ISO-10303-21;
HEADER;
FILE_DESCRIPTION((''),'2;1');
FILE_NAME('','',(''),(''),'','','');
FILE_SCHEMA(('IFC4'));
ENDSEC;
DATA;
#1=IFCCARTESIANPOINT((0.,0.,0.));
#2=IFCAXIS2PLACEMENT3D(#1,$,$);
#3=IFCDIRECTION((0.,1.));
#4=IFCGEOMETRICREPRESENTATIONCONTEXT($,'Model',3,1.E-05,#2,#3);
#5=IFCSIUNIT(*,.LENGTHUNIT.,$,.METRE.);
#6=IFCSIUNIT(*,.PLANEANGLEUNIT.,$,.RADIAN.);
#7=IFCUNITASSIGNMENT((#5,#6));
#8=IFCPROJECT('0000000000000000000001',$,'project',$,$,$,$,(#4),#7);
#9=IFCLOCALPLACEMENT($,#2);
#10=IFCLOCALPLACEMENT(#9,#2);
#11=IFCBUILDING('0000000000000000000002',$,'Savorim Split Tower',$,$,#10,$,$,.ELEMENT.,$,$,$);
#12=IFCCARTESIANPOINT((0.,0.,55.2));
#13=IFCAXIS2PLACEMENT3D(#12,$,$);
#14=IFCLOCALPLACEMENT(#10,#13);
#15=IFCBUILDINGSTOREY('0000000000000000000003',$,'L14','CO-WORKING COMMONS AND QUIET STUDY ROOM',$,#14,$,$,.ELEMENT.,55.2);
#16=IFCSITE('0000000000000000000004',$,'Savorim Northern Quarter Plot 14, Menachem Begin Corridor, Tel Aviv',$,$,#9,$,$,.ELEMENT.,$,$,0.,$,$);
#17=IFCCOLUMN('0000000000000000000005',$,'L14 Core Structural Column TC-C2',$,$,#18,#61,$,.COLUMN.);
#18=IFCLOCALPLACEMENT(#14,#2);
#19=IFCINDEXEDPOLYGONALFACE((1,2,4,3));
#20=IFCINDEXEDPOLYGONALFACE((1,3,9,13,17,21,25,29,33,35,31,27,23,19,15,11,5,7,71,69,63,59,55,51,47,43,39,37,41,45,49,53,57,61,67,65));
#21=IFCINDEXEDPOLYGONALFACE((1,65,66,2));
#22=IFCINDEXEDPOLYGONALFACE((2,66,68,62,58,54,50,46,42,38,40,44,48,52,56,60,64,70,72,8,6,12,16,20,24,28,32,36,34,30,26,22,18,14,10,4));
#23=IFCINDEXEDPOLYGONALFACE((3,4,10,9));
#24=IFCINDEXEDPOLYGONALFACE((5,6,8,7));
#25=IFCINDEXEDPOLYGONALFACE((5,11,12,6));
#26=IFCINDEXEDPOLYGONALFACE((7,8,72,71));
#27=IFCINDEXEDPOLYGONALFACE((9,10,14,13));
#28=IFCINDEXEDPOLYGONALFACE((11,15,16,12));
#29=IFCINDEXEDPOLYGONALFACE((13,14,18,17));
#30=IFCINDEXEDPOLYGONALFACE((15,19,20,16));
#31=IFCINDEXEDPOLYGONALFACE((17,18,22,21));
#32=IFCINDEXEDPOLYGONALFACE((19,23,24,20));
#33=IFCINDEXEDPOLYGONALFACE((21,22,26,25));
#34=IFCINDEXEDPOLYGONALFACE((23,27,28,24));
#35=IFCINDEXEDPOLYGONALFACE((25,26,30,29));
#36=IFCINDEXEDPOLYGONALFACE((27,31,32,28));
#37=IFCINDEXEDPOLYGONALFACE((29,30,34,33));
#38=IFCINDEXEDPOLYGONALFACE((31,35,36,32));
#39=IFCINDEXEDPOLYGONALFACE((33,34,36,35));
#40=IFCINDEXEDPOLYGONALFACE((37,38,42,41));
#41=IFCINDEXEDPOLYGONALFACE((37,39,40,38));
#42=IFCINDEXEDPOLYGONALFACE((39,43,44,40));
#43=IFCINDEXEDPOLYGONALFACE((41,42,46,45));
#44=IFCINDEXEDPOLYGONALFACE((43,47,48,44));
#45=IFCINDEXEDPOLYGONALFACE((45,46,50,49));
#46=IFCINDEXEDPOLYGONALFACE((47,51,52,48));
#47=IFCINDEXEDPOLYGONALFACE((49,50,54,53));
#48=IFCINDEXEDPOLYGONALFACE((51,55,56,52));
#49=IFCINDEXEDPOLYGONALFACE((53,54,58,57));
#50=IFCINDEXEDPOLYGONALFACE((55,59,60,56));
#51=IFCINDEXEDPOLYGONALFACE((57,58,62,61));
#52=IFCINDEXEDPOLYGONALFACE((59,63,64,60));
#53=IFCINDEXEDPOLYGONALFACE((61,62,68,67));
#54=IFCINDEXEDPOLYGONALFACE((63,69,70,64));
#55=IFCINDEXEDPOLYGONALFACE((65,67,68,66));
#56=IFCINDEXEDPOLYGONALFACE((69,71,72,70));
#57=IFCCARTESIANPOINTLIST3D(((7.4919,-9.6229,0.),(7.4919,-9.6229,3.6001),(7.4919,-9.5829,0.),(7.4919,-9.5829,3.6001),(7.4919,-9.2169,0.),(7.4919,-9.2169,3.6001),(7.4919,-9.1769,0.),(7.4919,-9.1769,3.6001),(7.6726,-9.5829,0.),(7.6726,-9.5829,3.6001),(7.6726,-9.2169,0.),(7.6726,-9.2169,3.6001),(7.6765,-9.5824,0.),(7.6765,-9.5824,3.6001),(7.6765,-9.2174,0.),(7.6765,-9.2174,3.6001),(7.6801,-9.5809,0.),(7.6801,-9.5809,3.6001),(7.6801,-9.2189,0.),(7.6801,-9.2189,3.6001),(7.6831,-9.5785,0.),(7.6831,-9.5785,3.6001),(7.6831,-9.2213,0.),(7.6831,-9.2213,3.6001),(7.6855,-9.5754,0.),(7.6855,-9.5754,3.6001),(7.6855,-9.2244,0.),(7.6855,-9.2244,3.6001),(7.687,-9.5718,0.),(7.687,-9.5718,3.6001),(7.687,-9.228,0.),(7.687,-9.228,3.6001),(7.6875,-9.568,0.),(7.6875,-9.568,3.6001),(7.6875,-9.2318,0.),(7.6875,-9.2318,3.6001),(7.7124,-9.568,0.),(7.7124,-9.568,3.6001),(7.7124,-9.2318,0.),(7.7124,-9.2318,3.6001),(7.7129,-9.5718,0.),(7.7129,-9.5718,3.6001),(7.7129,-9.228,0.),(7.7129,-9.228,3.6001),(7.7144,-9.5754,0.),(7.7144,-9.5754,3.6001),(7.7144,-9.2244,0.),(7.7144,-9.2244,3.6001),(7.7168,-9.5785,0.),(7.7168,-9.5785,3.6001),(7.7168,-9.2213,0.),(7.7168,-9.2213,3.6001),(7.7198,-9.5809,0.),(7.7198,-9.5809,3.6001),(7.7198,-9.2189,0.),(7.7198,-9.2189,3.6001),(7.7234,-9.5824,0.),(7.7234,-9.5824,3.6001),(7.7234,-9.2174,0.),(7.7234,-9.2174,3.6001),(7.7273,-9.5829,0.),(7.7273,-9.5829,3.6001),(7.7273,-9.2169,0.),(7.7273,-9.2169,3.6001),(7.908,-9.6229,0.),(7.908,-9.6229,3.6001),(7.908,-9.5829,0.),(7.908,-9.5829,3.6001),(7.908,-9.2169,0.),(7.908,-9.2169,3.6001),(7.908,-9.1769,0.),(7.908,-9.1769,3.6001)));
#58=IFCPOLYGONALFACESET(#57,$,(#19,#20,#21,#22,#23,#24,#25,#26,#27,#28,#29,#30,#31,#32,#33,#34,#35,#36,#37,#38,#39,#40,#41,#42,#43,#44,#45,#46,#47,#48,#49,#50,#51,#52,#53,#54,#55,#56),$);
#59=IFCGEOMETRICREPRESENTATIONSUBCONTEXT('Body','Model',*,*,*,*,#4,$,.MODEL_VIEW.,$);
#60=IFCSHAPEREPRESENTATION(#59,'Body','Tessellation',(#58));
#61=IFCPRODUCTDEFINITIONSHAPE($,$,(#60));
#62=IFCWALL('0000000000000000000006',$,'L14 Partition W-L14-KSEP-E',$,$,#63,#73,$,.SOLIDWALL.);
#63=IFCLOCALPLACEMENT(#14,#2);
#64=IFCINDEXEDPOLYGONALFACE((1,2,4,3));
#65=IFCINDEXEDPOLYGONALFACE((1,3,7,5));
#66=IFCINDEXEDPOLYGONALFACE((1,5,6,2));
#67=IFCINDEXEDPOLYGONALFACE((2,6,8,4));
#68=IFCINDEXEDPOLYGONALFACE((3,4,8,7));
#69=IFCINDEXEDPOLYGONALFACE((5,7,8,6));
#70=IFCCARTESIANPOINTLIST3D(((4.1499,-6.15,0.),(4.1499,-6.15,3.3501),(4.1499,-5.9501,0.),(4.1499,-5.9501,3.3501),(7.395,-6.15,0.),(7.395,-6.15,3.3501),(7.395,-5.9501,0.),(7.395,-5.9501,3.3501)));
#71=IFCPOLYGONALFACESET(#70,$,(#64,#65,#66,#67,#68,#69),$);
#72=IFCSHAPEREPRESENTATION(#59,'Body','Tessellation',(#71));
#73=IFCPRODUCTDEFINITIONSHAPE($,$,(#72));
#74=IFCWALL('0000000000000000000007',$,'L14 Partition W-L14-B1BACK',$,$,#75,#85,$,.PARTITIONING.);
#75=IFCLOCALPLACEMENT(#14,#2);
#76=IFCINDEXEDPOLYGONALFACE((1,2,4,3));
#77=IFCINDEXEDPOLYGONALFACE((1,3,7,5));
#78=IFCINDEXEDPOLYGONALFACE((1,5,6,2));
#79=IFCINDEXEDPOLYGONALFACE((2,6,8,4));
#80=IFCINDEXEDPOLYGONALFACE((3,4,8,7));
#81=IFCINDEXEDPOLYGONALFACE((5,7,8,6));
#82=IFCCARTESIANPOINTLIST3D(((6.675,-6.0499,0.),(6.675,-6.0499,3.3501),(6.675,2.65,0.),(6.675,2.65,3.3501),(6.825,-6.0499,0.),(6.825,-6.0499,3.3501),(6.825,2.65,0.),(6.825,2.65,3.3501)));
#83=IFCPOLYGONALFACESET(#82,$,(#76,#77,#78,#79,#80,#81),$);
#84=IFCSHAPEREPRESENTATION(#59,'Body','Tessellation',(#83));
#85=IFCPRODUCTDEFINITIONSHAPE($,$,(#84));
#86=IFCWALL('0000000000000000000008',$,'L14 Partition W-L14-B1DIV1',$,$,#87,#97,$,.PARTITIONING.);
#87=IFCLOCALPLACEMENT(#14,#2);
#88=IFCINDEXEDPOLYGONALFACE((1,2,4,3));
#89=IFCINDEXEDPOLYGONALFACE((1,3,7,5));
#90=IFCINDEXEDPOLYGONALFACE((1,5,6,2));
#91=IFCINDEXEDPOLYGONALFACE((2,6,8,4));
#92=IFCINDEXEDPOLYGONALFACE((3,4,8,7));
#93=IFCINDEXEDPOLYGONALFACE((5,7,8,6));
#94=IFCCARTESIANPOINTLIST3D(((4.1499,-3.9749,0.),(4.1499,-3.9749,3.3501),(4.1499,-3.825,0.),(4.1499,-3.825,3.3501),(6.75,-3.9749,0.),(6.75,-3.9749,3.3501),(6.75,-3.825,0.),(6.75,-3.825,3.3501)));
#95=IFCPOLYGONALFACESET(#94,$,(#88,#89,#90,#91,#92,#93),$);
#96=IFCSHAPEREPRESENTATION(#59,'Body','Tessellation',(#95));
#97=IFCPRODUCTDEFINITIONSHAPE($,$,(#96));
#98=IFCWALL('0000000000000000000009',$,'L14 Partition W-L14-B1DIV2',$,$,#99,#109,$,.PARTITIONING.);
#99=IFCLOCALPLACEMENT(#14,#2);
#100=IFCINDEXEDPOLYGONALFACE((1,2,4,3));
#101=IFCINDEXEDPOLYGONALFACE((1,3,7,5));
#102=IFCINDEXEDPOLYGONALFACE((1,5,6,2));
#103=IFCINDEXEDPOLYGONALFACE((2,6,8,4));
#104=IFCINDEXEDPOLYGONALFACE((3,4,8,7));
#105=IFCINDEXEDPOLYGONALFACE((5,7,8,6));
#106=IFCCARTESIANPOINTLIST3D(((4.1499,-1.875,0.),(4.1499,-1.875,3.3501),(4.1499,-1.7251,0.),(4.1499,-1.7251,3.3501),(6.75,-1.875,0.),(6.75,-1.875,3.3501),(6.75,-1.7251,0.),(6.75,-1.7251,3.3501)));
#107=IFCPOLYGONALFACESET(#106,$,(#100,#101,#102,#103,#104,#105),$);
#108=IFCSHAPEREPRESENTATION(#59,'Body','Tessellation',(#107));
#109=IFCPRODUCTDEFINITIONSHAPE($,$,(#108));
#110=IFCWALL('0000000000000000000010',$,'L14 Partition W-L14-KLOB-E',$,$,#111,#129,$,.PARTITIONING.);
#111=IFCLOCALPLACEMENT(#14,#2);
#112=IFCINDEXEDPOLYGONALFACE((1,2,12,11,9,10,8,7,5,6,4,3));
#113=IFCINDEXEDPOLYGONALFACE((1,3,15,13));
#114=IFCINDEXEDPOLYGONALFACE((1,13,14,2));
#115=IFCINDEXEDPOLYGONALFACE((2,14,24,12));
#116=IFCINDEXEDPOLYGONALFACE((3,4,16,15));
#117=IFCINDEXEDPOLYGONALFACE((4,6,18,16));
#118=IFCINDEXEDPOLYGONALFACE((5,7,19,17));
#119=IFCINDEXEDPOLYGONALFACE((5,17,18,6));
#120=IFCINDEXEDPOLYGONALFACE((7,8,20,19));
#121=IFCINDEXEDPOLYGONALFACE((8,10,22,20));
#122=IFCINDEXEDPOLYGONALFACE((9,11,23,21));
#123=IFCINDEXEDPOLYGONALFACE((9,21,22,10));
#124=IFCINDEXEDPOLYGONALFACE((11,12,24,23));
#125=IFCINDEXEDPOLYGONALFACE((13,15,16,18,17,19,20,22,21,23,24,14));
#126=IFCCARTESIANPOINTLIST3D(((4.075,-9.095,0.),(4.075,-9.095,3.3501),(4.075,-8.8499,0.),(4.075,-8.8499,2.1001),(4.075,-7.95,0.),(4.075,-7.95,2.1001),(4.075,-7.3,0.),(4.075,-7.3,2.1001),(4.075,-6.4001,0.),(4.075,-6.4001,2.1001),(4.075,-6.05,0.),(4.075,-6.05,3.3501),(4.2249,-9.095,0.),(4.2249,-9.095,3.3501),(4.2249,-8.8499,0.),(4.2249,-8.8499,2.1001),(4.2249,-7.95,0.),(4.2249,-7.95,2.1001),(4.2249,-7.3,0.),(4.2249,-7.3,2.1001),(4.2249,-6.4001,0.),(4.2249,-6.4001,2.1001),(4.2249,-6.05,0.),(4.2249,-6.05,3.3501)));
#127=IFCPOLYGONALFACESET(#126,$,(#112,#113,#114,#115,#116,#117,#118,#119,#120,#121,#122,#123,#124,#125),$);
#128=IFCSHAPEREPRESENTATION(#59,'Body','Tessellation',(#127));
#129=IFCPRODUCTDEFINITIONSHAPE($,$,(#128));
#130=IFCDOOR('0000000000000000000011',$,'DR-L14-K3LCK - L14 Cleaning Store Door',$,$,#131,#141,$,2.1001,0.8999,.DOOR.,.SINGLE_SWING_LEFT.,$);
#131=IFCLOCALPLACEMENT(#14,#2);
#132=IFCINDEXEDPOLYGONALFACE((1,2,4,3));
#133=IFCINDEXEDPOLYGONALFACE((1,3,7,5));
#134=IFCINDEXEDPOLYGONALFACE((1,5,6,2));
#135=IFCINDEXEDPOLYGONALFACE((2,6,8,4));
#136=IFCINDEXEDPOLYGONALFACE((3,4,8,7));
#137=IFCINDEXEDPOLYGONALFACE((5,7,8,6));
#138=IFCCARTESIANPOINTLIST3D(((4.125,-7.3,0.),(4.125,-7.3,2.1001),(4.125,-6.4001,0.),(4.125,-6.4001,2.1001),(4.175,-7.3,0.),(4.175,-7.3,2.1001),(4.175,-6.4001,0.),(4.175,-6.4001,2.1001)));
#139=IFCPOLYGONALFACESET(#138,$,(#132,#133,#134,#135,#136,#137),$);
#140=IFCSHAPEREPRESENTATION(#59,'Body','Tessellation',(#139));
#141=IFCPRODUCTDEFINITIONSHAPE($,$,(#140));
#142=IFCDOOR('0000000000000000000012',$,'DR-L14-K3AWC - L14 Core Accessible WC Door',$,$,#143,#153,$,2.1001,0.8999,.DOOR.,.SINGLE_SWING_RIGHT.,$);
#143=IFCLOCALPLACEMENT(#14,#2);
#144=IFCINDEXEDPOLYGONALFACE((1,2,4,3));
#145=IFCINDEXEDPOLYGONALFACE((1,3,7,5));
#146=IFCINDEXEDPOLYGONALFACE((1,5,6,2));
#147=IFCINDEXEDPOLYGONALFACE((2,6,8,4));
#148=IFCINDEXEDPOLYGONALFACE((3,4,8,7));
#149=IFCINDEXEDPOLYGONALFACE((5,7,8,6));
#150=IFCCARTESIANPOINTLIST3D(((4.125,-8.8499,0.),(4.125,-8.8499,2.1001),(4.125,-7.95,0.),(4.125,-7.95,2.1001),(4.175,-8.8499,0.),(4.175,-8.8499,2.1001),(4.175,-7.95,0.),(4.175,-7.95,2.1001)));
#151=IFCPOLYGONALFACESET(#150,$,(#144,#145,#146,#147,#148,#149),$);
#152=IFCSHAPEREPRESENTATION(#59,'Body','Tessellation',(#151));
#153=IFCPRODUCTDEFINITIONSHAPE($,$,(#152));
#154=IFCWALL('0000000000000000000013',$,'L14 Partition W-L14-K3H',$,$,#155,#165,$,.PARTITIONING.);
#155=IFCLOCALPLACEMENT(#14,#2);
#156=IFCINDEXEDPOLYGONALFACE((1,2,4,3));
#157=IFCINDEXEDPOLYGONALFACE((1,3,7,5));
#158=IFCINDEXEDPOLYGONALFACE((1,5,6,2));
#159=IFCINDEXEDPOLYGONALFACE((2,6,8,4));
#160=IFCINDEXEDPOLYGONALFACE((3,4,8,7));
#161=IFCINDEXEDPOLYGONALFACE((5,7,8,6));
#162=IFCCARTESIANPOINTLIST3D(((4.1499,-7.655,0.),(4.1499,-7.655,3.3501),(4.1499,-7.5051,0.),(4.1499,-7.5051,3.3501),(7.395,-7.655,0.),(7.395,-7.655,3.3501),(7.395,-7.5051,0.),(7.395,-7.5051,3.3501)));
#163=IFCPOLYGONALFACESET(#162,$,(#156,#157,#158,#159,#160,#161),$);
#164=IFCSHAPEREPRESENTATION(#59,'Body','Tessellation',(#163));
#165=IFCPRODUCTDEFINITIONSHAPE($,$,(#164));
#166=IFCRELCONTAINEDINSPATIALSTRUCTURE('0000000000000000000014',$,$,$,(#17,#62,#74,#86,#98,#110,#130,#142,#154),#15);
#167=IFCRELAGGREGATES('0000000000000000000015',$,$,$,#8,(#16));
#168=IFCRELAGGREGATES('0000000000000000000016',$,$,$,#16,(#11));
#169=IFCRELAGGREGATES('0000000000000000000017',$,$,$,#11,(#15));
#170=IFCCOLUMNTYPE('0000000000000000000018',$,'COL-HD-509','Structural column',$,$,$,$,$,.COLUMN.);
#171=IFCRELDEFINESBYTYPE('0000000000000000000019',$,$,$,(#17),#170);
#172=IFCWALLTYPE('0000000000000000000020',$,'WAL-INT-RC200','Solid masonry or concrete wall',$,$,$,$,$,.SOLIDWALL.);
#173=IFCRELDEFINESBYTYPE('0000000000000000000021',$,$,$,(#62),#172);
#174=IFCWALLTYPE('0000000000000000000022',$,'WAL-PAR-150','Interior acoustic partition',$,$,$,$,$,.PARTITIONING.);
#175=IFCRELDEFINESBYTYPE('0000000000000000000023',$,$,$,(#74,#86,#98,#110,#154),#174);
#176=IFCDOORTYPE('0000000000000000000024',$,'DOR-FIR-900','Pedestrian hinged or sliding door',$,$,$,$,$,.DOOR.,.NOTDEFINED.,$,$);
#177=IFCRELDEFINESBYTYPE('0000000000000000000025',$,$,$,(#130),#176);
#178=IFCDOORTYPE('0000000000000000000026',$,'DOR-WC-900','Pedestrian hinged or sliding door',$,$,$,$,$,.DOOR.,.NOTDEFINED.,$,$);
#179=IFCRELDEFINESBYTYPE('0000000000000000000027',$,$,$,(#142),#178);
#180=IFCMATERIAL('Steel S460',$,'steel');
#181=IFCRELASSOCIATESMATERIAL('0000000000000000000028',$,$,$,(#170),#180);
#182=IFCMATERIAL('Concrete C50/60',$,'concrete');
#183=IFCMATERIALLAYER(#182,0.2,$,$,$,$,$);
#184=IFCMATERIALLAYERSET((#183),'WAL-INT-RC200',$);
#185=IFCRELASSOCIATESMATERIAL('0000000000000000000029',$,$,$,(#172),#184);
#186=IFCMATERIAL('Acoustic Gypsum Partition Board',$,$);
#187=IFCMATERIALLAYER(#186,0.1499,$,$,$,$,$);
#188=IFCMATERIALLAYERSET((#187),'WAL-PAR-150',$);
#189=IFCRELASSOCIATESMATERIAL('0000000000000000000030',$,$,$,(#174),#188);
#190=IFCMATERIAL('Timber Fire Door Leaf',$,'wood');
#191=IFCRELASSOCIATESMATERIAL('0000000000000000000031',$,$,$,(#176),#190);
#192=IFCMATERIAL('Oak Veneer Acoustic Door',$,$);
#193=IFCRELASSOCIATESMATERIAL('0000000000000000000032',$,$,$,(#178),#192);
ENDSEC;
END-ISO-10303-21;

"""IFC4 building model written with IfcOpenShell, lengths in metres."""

from ifc_helpers import new_model, si_unit, direction, frame, frame_2d, origin, origin_2d, place, context, subcontext, project, spatial, rectangle, i_section, extrude, material, layer, layer_set, material_profile, profile_set, type_object, element, fill, save


model = new_model("IFC4")

# Units and contexts
model_context = context("Model", 3, precision=1e-05, world=origin(), true_north=direction((0.0, 1.0)))
body_context = subcontext(model_context, "Body", "Model", "MODEL_VIEW")
ifc_project = project(units=[si_unit("LENGTHUNIT", "METRE"), si_unit("PLANEANGLEUNIT", "RADIAN")], contexts=[model_context])

# Site, building, storey
site_placement = place(None, origin())
site = spatial("IfcSite", under=ifc_project, at=site_placement, Name="Savorim Northern Quarter Plot 14, Menachem Begin Corridor, Tel Aviv", CompositionType="ELEMENT", RefElevation=0.0)
building_placement = place(site_placement, origin())
building = spatial("IfcBuilding", under=site, at=building_placement, Name="Savorim Split Tower", CompositionType="ELEMENT")
storey_placement = place(building_placement, frame((0.0, 0.0, 55.2)))
storey = spatial("IfcBuildingStorey", under=building, at=storey_placement, Name="L14", Description="CO-WORKING COMMONS AND QUIET STUDY ROOM", CompositionType="ELEMENT", Elevation=55.2)

# Column
ifc_material_1 = material(Name="Steel S460", Category="steel")
ifc_material_profile = material_profile(ifc_material_1, i_section(OverallWidth=0.416, OverallDepth=0.446, WebThickness=0.0249, FlangeThickness=0.04, FilletRadius=0.0149, at=origin_2d()), Name="HD 400x509")
ifc_profile_set = profile_set([ifc_material_profile], Name="Steel S460")
column_type = type_object("IfcColumnType", Name="COL-HD-509", Description="Structural column", PredefinedType="COLUMN", material=ifc_profile_set)
column_placement = place(storey_placement, frame((7.7, -9.3999, 0.0), z_axis=(0.0, 0.0, 1.0), x_axis=(1.0, 0.0, 0.0)))
element("IfcColumn", 1, at=column_placement, inside=storey, type_object=column_type, Name="L14 Core Structural Column TC-C2", PredefinedType="COLUMN", context=body_context, shape_type="SweptSolid", body=[
    extrude(i_section(OverallWidth=0.416, OverallDepth=0.446, WebThickness=0.0249, FlangeThickness=0.04, FilletRadius=0.0149, at=origin_2d()), origin(), (0.0, 0.0, 1.0), 3.6001),
])

# Shared definitions
ifc_material_2 = material(Name="Concrete C50/60", Category="concrete")
ifc_layer_1 = layer(ifc_material_2, 0.2)
ifc_layer_set_1 = layer_set([ifc_layer_1], Name="WAL-INT-RC200")
wall_type_1 = type_object("IfcWallType", Name="WAL-INT-RC200", Description="Solid masonry or concrete wall", PredefinedType="SOLIDWALL", material=ifc_layer_set_1)

# Walls
wall_1_placement = place(storey_placement, frame((4.1499, -6.05, 0.0), z_axis=(0.0, 0.0, 1.0), x_axis=(1.0, 0.0, 0.0)))
element("IfcWall", 2, at=wall_1_placement, inside=storey, type_object=wall_type_1, Name="L14 Partition W-L14-KSEP-E", PredefinedType="SOLIDWALL", context=body_context, shape_type="SweptSolid", body=[
    extrude(rectangle(XDim=3.2451, YDim=0.2, at=frame_2d((1.6226, 0.0))), origin(), (0.0, 0.0, 1.0), 3.3501),
])
ifc_material_3 = material(Name="Acoustic Gypsum Partition Board")
ifc_layer_2 = layer(ifc_material_3, 0.1499)
ifc_layer_set_2 = layer_set([ifc_layer_2], Name="WAL-PAR-150")
wall_type_2 = type_object("IfcWallType", Name="WAL-PAR-150", Description="Interior acoustic partition", PredefinedType="PARTITIONING", material=ifc_layer_set_2)
wall_2_placement = place(storey_placement, frame((6.75, -6.05, 0.0), z_axis=(0.0, 0.0, 1.0), x_axis=(0.0, 1.0, 0.0)))
element("IfcWall", 3, at=wall_2_placement, inside=storey, type_object=wall_type_2, Name="L14 Partition W-L14-B1BACK", PredefinedType="PARTITIONING", context=body_context, shape_type="SweptSolid", body=[
    extrude(rectangle(XDim=8.7, YDim=0.1499, at=frame_2d((4.3501, 0.0))), origin(), (0.0, 0.0, 1.0), 3.3501),
])
for number, where, z_axis, x_axis, name in (
    (4, (4.1499, -3.8999, 0.0), (0.0, 0.0, 1.0), (1.0, 0.0, 0.0), "L14 Partition W-L14-B1DIV1"),
    (5, (4.1499, -1.8, 0.0), (0.0, 0.0, 1.0), (1.0, 0.0, 0.0), "L14 Partition W-L14-B1DIV2"),
):
    element("IfcWall", number, at=place(storey_placement, frame(where, z_axis=z_axis, x_axis=x_axis)), inside=storey, type_object=wall_type_2, Name=name, PredefinedType="PARTITIONING", context=body_context, shape_type="SweptSolid", body=[
        extrude(rectangle(XDim=2.6001, YDim=0.1499, at=frame_2d((1.3, 0.0))), origin(), (0.0, 0.0, 1.0), 3.3501),
    ])

# Wall, openings, doors
wall_3_placement = place(storey_placement, frame((4.1499, -9.095, 0.0), z_axis=(0.0, 0.0, 1.0), x_axis=(0.0, 1.0, 0.0)))
wall_3 = element("IfcWall", 6, at=wall_3_placement, inside=storey, type_object=wall_type_2, Name="L14 Partition W-L14-KLOB-E", PredefinedType="PARTITIONING", context=body_context, shape_type="SweptSolid", body=[
    extrude(rectangle(XDim=3.0449, YDim=0.1499, at=frame_2d((1.5225, 0.0))), origin(), (0.0, 0.0, 1.0), 3.3501),
])
opening_1_placement = place(wall_3_placement, frame((0.2451, 0.0, 0.0)))
opening_1 = element("IfcOpeningElement", 7, at=opening_1_placement, cuts=wall_3, PredefinedType="OPENING", context=body_context, shape_type="SweptSolid", body=[
    extrude(rectangle(XDim=0.8999, YDim=2.1001, at=frame_2d((0.45, 1.05))), frame((0.0, 0.085, 0.0), z_axis=(0.0, -1.0, 0.0), x_axis=(1.0, 0.0, 0.0)), (0.0, 0.0, 1.0), 0.1699),
])
opening_2_placement = place(wall_3_placement, frame((1.7949, 0.0, 0.0)))
opening_2 = element("IfcOpeningElement", 8, at=opening_2_placement, cuts=wall_3, PredefinedType="OPENING", context=body_context, shape_type="SweptSolid", body=[
    extrude(rectangle(XDim=0.8999, YDim=2.1001, at=frame_2d((0.45, 1.05))), frame((0.0, 0.085, 0.0), z_axis=(0.0, -1.0, 0.0), x_axis=(1.0, 0.0, 0.0)), (0.0, 0.0, 1.0), 0.1699),
])
ifc_material_4 = material(Name="Timber Fire Door Leaf", Category="wood")
door_type_1 = type_object("IfcDoorType", Name="DOR-FIR-900", Description="Pedestrian hinged or sliding door", OperationType="NOTDEFINED", PredefinedType="DOOR", material=ifc_material_4)
door_1_placement = place(opening_2_placement, origin())
door_1 = element("IfcDoor", 9, at=door_1_placement, inside=storey, type_object=door_type_1, Name="DR-L14-K3LCK - L14 Cleaning Store Door", OperationType="SINGLE_SWING_LEFT", OverallHeight=2.1001, OverallWidth=0.8999, PredefinedType="DOOR", context=body_context, shape_type="SweptSolid", body=[
    extrude(rectangle(XDim=0.8999, YDim=2.1001, at=frame_2d((0.45, 1.05))), frame((0.0, 0.0249, 0.0), z_axis=(0.0, -1.0, 0.0), x_axis=(1.0, 0.0, 0.0)), (0.0, 0.0, 1.0), 0.05),
])
fill(opening_2, door_1)
ifc_material_5 = material(Name="Oak Veneer Acoustic Door")
door_type_2 = type_object("IfcDoorType", Name="DOR-WC-900", Description="Pedestrian hinged or sliding door", OperationType="NOTDEFINED", PredefinedType="DOOR", material=ifc_material_5)
door_2_placement = place(opening_1_placement, origin())
door_2 = element("IfcDoor", 10, at=door_2_placement, inside=storey, type_object=door_type_2, Name="DR-L14-K3AWC - L14 Core Accessible WC Door", OperationType="SINGLE_SWING_RIGHT", OverallHeight=2.1001, OverallWidth=0.8999, PredefinedType="DOOR", context=body_context, shape_type="SweptSolid", body=[
    extrude(rectangle(XDim=0.8999, YDim=2.1001, at=frame_2d((0.45, 1.05))), frame((0.0, 0.0249, 0.0), z_axis=(0.0, -1.0, 0.0), x_axis=(1.0, 0.0, 0.0)), (0.0, 0.0, 1.0), 0.05),
])
fill(opening_1, door_2)

# Wall
wall_4_placement = place(storey_placement, frame((4.1499, -7.5801, 0.0), z_axis=(0.0, 0.0, 1.0), x_axis=(1.0, 0.0, 0.0)))
element("IfcWall", 11, at=wall_4_placement, inside=storey, type_object=wall_type_2, Name="L14 Partition W-L14-K3H", PredefinedType="PARTITIONING", context=body_context, shape_type="SweptSolid", body=[
    extrude(rectangle(XDim=3.2451, YDim=0.1499, at=frame_2d((1.6226, 0.0))), origin(), (0.0, 0.0, 1.0), 3.3501),
])

save(model, "model.ifc")
